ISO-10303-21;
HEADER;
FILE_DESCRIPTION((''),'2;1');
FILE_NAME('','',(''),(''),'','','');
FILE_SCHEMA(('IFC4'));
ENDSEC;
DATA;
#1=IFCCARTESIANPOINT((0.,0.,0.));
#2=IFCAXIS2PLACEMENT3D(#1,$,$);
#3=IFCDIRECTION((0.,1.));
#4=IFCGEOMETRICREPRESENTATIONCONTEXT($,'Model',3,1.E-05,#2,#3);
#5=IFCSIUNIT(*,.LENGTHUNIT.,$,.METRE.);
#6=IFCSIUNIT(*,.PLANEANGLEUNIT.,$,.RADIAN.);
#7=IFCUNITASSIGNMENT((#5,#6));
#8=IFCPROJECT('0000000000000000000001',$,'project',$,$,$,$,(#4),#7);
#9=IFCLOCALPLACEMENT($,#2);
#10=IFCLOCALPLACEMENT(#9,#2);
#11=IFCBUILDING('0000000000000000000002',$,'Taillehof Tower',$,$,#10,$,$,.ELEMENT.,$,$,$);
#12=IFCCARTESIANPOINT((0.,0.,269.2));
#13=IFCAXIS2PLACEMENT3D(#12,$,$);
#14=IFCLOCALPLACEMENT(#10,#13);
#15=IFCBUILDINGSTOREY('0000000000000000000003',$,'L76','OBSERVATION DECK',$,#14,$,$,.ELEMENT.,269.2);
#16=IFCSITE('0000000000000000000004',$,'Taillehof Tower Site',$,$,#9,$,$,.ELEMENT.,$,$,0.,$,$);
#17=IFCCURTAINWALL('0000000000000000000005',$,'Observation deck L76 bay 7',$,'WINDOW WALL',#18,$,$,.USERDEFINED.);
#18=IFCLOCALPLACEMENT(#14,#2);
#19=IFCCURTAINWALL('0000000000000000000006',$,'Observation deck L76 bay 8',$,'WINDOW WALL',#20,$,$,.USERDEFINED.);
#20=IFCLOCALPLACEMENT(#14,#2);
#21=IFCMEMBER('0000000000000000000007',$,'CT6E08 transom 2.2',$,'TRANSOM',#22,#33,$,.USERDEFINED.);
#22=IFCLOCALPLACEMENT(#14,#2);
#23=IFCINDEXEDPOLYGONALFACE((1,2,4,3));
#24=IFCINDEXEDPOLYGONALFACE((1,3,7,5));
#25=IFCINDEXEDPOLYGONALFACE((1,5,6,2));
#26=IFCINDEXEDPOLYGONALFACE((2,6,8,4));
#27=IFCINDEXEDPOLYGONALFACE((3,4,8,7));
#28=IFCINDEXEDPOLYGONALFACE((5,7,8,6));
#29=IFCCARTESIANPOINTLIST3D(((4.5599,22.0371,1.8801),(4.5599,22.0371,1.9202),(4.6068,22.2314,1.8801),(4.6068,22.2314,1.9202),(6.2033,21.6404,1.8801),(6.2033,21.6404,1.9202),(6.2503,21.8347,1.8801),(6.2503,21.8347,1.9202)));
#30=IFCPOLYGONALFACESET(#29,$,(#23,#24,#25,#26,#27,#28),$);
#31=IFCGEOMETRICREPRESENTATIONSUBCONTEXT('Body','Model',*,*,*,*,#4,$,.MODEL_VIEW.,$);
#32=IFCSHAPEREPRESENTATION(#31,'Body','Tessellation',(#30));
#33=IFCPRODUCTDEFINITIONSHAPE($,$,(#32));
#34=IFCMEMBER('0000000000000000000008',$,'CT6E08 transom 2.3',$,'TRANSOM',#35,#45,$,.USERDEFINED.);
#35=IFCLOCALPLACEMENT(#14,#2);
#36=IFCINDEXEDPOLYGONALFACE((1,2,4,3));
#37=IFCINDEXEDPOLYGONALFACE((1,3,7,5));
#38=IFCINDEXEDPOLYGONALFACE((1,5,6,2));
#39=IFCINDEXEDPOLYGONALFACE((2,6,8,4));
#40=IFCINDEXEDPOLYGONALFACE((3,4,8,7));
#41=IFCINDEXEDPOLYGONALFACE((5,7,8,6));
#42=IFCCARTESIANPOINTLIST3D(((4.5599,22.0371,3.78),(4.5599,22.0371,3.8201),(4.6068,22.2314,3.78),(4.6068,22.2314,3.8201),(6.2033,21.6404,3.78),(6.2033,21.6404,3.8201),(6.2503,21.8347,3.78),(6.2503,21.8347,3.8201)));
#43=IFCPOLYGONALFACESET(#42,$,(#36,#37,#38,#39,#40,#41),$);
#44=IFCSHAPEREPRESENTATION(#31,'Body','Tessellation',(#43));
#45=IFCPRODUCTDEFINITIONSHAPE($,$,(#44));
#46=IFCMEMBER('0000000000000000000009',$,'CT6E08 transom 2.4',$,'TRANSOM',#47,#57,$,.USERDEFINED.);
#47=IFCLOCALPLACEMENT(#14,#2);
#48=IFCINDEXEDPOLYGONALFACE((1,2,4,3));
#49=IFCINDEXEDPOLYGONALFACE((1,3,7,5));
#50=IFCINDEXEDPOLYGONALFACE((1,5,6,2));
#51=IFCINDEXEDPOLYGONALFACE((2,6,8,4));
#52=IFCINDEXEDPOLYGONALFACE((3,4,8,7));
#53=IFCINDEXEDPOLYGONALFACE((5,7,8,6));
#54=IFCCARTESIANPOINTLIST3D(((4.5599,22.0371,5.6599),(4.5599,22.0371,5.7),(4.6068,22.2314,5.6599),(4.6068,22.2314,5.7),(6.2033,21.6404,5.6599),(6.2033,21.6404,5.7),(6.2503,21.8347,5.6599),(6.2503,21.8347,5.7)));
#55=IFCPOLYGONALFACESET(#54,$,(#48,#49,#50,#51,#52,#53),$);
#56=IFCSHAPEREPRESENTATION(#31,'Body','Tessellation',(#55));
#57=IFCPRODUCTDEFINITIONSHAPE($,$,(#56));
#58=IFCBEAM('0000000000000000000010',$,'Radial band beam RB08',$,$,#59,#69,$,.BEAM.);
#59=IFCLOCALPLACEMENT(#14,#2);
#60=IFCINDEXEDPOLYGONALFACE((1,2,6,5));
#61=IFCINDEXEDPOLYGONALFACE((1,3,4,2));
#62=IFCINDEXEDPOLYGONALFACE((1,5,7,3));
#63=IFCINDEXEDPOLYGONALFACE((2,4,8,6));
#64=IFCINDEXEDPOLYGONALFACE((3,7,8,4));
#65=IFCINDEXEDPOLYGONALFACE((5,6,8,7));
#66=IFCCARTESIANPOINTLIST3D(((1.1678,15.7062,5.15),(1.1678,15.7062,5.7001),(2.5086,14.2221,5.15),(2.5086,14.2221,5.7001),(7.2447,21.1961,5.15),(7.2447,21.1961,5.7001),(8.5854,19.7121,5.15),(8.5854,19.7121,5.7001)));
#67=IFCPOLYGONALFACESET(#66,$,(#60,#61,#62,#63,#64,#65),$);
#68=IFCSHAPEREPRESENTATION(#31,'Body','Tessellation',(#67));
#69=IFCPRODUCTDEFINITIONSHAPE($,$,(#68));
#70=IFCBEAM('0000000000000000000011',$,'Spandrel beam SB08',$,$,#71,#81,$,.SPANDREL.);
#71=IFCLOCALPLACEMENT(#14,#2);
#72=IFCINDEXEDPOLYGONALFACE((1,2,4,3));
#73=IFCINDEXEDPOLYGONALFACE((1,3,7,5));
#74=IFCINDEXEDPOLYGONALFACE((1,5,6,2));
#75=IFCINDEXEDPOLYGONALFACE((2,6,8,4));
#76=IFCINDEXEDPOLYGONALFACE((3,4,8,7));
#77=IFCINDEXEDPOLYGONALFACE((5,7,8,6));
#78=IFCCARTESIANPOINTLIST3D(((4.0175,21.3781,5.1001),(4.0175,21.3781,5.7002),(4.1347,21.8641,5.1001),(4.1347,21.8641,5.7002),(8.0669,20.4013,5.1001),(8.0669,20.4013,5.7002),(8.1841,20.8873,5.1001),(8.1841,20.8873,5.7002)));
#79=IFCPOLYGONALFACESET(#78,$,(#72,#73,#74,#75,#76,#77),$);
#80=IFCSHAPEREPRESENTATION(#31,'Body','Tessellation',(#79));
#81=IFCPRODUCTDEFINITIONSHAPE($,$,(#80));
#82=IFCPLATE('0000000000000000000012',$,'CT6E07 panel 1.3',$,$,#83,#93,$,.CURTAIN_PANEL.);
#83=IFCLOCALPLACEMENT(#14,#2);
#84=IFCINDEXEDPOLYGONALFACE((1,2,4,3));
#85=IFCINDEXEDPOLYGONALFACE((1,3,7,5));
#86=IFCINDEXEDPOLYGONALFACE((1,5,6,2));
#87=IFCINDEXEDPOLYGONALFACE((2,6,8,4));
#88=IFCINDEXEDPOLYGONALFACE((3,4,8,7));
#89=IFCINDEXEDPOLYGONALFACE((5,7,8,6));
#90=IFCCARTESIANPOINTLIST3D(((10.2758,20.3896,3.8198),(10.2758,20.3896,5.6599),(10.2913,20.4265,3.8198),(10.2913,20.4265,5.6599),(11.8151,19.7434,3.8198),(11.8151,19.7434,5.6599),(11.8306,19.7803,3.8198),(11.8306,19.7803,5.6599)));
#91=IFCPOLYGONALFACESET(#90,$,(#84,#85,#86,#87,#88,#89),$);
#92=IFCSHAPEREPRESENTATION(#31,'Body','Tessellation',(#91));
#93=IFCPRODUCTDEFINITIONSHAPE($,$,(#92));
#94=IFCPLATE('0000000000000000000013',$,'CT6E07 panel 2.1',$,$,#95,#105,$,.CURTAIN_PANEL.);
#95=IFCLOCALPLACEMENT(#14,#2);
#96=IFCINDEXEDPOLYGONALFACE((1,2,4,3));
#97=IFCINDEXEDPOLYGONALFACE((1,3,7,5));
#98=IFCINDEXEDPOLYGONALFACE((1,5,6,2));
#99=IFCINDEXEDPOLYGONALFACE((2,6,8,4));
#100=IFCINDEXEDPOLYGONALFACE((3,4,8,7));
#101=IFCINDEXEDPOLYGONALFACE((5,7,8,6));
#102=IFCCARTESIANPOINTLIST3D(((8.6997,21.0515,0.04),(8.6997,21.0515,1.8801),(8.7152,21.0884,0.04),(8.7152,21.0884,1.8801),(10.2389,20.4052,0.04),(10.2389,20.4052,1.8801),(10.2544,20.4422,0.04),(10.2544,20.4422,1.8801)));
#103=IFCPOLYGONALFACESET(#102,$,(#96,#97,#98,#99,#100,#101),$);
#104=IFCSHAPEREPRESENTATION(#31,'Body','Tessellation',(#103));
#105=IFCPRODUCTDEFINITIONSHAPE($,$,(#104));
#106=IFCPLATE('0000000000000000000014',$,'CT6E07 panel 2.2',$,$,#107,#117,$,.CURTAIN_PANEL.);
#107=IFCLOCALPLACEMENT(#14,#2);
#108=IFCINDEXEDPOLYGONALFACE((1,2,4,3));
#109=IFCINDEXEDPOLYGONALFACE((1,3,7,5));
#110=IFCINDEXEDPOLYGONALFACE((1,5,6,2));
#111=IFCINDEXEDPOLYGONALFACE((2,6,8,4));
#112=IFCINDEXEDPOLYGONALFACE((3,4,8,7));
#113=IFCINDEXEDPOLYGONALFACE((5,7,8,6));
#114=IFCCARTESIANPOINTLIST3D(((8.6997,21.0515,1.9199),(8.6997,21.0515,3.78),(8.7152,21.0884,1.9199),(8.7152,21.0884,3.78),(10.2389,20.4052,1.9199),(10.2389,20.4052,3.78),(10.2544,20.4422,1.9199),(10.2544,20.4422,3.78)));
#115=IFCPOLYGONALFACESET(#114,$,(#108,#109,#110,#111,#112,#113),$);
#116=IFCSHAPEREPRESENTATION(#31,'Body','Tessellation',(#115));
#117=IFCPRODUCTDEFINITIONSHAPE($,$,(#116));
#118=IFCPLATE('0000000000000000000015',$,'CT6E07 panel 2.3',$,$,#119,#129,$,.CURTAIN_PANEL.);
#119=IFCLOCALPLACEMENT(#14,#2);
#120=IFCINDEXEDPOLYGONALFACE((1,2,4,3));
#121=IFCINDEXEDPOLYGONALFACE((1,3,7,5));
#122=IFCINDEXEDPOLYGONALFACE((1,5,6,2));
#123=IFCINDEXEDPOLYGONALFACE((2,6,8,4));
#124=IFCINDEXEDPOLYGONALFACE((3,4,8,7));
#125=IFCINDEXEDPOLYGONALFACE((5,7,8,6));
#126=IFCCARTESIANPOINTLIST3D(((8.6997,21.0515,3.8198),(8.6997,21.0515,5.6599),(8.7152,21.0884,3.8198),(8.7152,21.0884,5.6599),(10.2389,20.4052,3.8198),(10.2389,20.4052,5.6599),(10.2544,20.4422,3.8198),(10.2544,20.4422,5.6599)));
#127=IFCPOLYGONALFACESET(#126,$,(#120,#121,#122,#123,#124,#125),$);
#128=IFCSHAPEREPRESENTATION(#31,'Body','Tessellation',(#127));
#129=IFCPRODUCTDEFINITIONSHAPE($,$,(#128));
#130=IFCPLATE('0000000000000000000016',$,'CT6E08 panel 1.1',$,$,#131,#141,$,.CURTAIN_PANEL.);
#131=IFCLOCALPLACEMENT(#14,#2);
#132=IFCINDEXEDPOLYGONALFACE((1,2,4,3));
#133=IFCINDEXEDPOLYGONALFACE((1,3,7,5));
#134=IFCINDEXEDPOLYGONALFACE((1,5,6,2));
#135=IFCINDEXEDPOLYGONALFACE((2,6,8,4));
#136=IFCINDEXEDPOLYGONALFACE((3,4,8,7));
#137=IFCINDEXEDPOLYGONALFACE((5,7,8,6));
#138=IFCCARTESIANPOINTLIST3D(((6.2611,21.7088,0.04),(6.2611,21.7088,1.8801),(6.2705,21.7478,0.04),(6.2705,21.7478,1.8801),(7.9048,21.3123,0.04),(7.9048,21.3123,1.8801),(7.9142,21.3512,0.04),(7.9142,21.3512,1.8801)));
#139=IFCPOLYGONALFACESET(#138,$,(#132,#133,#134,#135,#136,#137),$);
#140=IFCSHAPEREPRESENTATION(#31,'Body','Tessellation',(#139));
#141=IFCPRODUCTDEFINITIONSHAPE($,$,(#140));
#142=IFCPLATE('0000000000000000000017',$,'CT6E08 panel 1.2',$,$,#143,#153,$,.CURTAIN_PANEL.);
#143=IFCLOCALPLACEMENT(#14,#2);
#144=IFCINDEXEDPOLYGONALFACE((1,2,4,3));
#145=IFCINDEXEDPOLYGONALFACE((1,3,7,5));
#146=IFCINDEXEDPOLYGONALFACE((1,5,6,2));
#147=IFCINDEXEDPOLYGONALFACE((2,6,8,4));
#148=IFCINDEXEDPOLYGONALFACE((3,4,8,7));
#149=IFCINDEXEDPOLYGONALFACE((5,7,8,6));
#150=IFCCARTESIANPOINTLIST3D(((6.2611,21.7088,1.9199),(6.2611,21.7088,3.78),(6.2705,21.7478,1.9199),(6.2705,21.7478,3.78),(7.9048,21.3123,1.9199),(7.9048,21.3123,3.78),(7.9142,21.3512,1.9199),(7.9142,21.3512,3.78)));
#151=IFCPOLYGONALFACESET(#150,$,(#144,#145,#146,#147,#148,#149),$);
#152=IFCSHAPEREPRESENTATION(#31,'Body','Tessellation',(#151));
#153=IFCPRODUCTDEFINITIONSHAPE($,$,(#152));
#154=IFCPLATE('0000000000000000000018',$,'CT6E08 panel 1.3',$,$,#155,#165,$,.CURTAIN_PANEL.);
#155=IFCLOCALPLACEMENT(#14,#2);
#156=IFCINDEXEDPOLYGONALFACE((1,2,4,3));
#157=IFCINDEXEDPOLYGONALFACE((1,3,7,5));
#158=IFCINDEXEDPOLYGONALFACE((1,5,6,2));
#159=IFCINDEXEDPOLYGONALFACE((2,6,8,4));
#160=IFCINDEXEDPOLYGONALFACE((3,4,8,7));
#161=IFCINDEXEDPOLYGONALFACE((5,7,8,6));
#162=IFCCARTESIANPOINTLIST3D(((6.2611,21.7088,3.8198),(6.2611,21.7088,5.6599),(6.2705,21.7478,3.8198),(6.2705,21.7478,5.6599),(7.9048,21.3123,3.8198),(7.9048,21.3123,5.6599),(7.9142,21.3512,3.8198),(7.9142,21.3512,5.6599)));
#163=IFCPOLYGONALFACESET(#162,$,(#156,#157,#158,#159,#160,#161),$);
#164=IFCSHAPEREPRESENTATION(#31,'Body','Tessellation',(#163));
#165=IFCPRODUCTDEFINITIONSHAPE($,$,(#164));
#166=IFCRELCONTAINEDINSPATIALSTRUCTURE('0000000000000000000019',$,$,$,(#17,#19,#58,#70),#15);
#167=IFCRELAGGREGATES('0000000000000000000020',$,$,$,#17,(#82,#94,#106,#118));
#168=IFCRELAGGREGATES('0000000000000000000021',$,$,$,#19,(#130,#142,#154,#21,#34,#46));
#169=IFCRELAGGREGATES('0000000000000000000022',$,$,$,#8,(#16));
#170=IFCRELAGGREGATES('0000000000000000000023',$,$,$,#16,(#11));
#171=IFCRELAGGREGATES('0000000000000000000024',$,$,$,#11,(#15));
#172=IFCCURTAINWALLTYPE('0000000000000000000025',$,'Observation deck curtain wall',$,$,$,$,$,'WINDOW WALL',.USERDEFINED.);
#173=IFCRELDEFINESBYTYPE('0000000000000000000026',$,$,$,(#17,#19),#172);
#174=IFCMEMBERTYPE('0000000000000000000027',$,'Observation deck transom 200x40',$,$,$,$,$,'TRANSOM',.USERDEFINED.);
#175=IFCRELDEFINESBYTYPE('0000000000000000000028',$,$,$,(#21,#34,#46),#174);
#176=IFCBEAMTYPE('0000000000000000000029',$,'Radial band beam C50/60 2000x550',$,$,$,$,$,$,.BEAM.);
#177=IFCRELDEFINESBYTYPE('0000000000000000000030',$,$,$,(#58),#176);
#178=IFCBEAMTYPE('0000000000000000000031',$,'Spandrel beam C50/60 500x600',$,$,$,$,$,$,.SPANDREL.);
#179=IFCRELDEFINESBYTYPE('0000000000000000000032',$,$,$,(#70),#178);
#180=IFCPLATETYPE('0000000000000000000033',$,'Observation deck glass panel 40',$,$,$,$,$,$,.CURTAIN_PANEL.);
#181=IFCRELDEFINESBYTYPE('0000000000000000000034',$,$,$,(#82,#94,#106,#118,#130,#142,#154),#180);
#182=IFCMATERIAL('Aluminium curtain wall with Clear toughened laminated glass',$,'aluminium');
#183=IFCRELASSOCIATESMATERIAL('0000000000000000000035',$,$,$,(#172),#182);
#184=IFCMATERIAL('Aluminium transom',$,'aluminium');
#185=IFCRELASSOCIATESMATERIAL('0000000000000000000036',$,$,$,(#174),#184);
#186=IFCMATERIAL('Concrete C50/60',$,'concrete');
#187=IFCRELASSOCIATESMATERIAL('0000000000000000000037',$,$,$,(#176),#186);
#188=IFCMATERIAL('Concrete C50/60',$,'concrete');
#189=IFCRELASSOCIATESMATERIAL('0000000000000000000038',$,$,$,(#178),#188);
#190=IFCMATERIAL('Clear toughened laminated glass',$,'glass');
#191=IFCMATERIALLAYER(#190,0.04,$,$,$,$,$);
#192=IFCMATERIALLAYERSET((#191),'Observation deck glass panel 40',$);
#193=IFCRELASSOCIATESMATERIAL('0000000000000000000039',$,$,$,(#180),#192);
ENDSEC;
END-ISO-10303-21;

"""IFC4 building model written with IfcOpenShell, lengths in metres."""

from ifc_helpers import new_model, si_unit, direction, frame, origin, origin_2d, place, context, subcontext, project, spatial, rectangle, extrude, material, layer, layer_set, material_profile, profile_set, type_object, element, aggregate, save


model = new_model("IFC4")

# Units and contexts
model_context = context("Model", 3, precision=1e-05, world=origin(), true_north=direction((0.0, 1.0)))
body_context = subcontext(model_context, "Body", "Model", "MODEL_VIEW")
ifc_project = project(units=[si_unit("LENGTHUNIT", "METRE"), si_unit("PLANEANGLEUNIT", "RADIAN")], contexts=[model_context])

# Site, building, storey
site_placement = place(None, origin())
site = spatial("IfcSite", under=ifc_project, at=site_placement, Name="Taillehof Tower Site", CompositionType="ELEMENT", RefElevation=0.0)
building_placement = place(site_placement, origin())
building = spatial("IfcBuilding", under=site, at=building_placement, Name="Taillehof Tower", CompositionType="ELEMENT")
storey_placement = place(building_placement, frame((0.0, 0.0, 269.2)))
storey = spatial("IfcBuildingStorey", under=building, at=storey_placement, Name="L76", Description="OBSERVATION DECK", CompositionType="ELEMENT", Elevation=269.2)

# Curtain walls
ifc_material_1 = material(Name="Aluminium curtain wall with Clear toughened laminated glass", Category="aluminium")
curtain_wall_type = type_object("IfcCurtainWallType", Name="Observation deck curtain wall", ElementType="WINDOW WALL", PredefinedType="USERDEFINED", material=ifc_material_1)
curtain_wall_1_placement = place(storey_placement, origin())
curtain_wall_1 = element("IfcCurtainWall", 1, at=curtain_wall_1_placement, inside=storey, type_object=curtain_wall_type, Name="Observation deck L76 bay 7", ObjectType="WINDOW WALL", PredefinedType="USERDEFINED")
curtain_wall_2_placement = place(storey_placement, origin())
curtain_wall_2 = element("IfcCurtainWall", 2, at=curtain_wall_2_placement, inside=storey, type_object=curtain_wall_type, Name="Observation deck L76 bay 8", ObjectType="WINDOW WALL", PredefinedType="USERDEFINED")

# Members
ifc_material_2 = material(Name="Aluminium transom", Category="aluminium")
ifc_material_profile_1 = material_profile(ifc_material_2, rectangle(XDim=0.2, YDim=0.04, at=origin_2d()), Name="AL 200x40")
ifc_profile_set_1 = profile_set([ifc_material_profile_1], Name="Aluminium transom")
member_type_1 = type_object("IfcMemberType", Name="Observation deck transom 200x40", ElementType="TRANSOM", PredefinedType="USERDEFINED", material=ifc_profile_set_1)
member_1_placement = place(storey_placement, frame((6.2268, 21.7375, 1.9001), z_axis=(-0.972081, 0.234645, 0.0), x_axis=(-0.234645, -0.972081, 0.0)))
member_1 = element("IfcMember", 3, at=member_1_placement, type_object=member_type_1, Name="CT6E08 transom 2.2", ObjectType="TRANSOM", PredefinedType="USERDEFINED", context=body_context, shape_type="SweptSolid", body=[
    extrude(rectangle(XDim=0.2, YDim=0.04, at=origin_2d()), origin(), (0.0, 0.0, 1.0), 1.6907),
])
member_2_placement = place(storey_placement, frame((6.2268, 21.7375, 3.8), z_axis=(-0.972081, 0.234645, 0.0), x_axis=(-0.234645, -0.972081, 0.0)))
member_2 = element("IfcMember", 4, at=member_2_placement, type_object=member_type_1, Name="CT6E08 transom 2.3", ObjectType="TRANSOM", PredefinedType="USERDEFINED", context=body_context, shape_type="SweptSolid", body=[
    extrude(rectangle(XDim=0.2, YDim=0.04, at=origin_2d()), origin(), (0.0, 0.0, 1.0), 1.6907),
])
member_3_placement = place(storey_placement, frame((6.2268, 21.7375, 5.6799), z_axis=(-0.972081, 0.234645, 0.0), x_axis=(-0.234645, -0.972081, 0.0)))
member_3 = element("IfcMember", 5, at=member_3_placement, type_object=member_type_1, Name="CT6E08 transom 2.4", ObjectType="TRANSOM", PredefinedType="USERDEFINED", context=body_context, shape_type="SweptSolid", body=[
    extrude(rectangle(XDim=0.2, YDim=0.04, at=origin_2d()), origin(), (0.0, 0.0, 1.0), 1.6907),
])

# Beams
ifc_material_3 = material(Name="Concrete C50/60", Category="concrete")
ifc_material_profile_2 = material_profile(ifc_material_3, rectangle(XDim=2.0, YDim=0.55, at=origin_2d()), Name="RC 2000x550")
ifc_profile_set_2 = profile_set([ifc_material_profile_2], Name="Concrete C50/60")
beam_type_1 = type_object("IfcBeamType", Name="Radial band beam C50/60 2000x550", PredefinedType="BEAM", material=ifc_profile_set_2)
beam_1_placement = place(storey_placement, frame((7.915, 20.4541, 5.425), z_axis=(-0.742031, -0.670365, 0.0), x_axis=(0.670365, -0.742031, 0.0)))
element("IfcBeam", 6, at=beam_1_placement, inside=storey, type_object=beam_type_1, Name="Radial band beam RB08", PredefinedType="BEAM", context=body_context, shape_type="SweptSolid", body=[
    extrude(rectangle(XDim=2.0, YDim=0.55, at=origin_2d()), origin(), (0.0, 0.0, 1.0), 8.1895),
])
ifc_material_4 = material(Name="Concrete C50/60", Category="concrete")
ifc_material_profile_3 = material_profile(ifc_material_4, rectangle(XDim=0.5, YDim=0.6001, at=origin_2d()), Name="RC 500x600")
ifc_profile_set_3 = profile_set([ifc_material_profile_3], Name="Concrete C50/60")
beam_type_2 = type_object("IfcBeamType", Name="Spandrel beam C50/60 500x600", PredefinedType="SPANDREL", material=ifc_profile_set_3)
beam_2_placement = place(storey_placement, frame((8.1255, 20.6443, 5.4001), z_axis=(-0.972116, 0.234501, 0.0), x_axis=(-0.234501, -0.972116, 0.0)))
element("IfcBeam", 7, at=beam_2_placement, inside=storey, type_object=beam_type_2, Name="Spandrel beam SB08", PredefinedType="SPANDREL", context=body_context, shape_type="SweptSolid", body=[
    extrude(rectangle(XDim=0.5, YDim=0.6001, at=origin_2d()), origin(), (0.0, 0.0, 1.0), 4.1655),
])

# Plates
ifc_material_5 = material(Name="Clear toughened laminated glass", Category="glass")
ifc_layer = layer(ifc_material_5, 0.04)
ifc_layer_set = layer_set([ifc_layer], Name="Observation deck glass panel 40")
plate_type = type_object("IfcPlateType", Name="Observation deck glass panel 40", PredefinedType="CURTAIN_PANEL", material=ifc_layer_set)
plate_1_placement = place(storey_placement, frame((11.0532, 20.085, 3.8198), z_axis=(0.0, 0.0, 1.0), x_axis=(-0.922037, 0.387101, 0.0)))
plate_1 = element("IfcPlate", 8, at=plate_1_placement, type_object=plate_type, Name="CT6E07 panel 1.3", PredefinedType="CURTAIN_PANEL", context=body_context, shape_type="SweptSolid", body=[
    extrude(rectangle(XDim=1.6694, YDim=0.04, at=origin_2d()), origin(), (0.0, 0.0, 1.0), 1.8401),
])
plate_2_placement = place(storey_placement, frame((9.4771, 20.7468, 0.04), z_axis=(0.0, 0.0, 1.0), x_axis=(-0.922037, 0.387101, 0.0)))
plate_2 = element("IfcPlate", 9, at=plate_2_placement, type_object=plate_type, Name="CT6E07 panel 2.1", PredefinedType="CURTAIN_PANEL", context=body_context, shape_type="SweptSolid", body=[
    extrude(rectangle(XDim=1.6694, YDim=0.04, at=origin_2d()), origin(), (0.0, 0.0, 1.0), 1.8401),
])
plate_3_placement = place(storey_placement, frame((9.4771, 20.7468, 1.9199), z_axis=(0.0, 0.0, 1.0), x_axis=(-0.922037, 0.387101, 0.0)))
plate_3 = element("IfcPlate", 10, at=plate_3_placement, type_object=plate_type, Name="CT6E07 panel 2.2", PredefinedType="CURTAIN_PANEL", context=body_context, shape_type="SweptSolid", body=[
    extrude(rectangle(XDim=1.6694, YDim=0.04, at=origin_2d()), origin(), (0.0, 0.0, 1.0), 1.8601),
])
plate_4_placement = place(storey_placement, frame((9.4771, 20.7468, 3.8198), z_axis=(0.0, 0.0, 1.0), x_axis=(-0.922037, 0.387101, 0.0)))
plate_4 = element("IfcPlate", 11, at=plate_4_placement, type_object=plate_type, Name="CT6E07 panel 2.3", PredefinedType="CURTAIN_PANEL", context=body_context, shape_type="SweptSolid", body=[
    extrude(rectangle(XDim=1.6694, YDim=0.04, at=origin_2d()), origin(), (0.0, 0.0, 1.0), 1.8401),
])
aggregate(curtain_wall_1, [plate_1, plate_2, plate_3, plate_4])
plate_5_placement = place(storey_placement, frame((7.0876, 21.53, 0.04), z_axis=(0.0, 0.0, 1.0), x_axis=(-0.972113, 0.234515, 0.0)))
plate_5 = element("IfcPlate", 12, at=plate_5_placement, type_object=plate_type, Name="CT6E08 panel 1.1", PredefinedType="CURTAIN_PANEL", context=body_context, shape_type="SweptSolid", body=[
    extrude(rectangle(XDim=1.6909, YDim=0.04, at=origin_2d()), origin(), (0.0, 0.0, 1.0), 1.8401),
])
plate_6_placement = place(storey_placement, frame((7.0876, 21.53, 1.9199), z_axis=(0.0, 0.0, 1.0), x_axis=(-0.972113, 0.234515, 0.0)))
plate_6 = element("IfcPlate", 13, at=plate_6_placement, type_object=plate_type, Name="CT6E08 panel 1.2", PredefinedType="CURTAIN_PANEL", context=body_context, shape_type="SweptSolid", body=[
    extrude(rectangle(XDim=1.6909, YDim=0.04, at=origin_2d()), origin(), (0.0, 0.0, 1.0), 1.8601),
])
plate_7_placement = place(storey_placement, frame((7.0876, 21.53, 3.8198), z_axis=(0.0, 0.0, 1.0), x_axis=(-0.972113, 0.234515, 0.0)))
plate_7 = element("IfcPlate", 14, at=plate_7_placement, type_object=plate_type, Name="CT6E08 panel 1.3", PredefinedType="CURTAIN_PANEL", context=body_context, shape_type="SweptSolid", body=[
    extrude(rectangle(XDim=1.6909, YDim=0.04, at=origin_2d()), origin(), (0.0, 0.0, 1.0), 1.8401),
])
aggregate(curtain_wall_2, [plate_5, plate_6, plate_7, member_1, member_2, member_3])

save(model, "model.ifc")
